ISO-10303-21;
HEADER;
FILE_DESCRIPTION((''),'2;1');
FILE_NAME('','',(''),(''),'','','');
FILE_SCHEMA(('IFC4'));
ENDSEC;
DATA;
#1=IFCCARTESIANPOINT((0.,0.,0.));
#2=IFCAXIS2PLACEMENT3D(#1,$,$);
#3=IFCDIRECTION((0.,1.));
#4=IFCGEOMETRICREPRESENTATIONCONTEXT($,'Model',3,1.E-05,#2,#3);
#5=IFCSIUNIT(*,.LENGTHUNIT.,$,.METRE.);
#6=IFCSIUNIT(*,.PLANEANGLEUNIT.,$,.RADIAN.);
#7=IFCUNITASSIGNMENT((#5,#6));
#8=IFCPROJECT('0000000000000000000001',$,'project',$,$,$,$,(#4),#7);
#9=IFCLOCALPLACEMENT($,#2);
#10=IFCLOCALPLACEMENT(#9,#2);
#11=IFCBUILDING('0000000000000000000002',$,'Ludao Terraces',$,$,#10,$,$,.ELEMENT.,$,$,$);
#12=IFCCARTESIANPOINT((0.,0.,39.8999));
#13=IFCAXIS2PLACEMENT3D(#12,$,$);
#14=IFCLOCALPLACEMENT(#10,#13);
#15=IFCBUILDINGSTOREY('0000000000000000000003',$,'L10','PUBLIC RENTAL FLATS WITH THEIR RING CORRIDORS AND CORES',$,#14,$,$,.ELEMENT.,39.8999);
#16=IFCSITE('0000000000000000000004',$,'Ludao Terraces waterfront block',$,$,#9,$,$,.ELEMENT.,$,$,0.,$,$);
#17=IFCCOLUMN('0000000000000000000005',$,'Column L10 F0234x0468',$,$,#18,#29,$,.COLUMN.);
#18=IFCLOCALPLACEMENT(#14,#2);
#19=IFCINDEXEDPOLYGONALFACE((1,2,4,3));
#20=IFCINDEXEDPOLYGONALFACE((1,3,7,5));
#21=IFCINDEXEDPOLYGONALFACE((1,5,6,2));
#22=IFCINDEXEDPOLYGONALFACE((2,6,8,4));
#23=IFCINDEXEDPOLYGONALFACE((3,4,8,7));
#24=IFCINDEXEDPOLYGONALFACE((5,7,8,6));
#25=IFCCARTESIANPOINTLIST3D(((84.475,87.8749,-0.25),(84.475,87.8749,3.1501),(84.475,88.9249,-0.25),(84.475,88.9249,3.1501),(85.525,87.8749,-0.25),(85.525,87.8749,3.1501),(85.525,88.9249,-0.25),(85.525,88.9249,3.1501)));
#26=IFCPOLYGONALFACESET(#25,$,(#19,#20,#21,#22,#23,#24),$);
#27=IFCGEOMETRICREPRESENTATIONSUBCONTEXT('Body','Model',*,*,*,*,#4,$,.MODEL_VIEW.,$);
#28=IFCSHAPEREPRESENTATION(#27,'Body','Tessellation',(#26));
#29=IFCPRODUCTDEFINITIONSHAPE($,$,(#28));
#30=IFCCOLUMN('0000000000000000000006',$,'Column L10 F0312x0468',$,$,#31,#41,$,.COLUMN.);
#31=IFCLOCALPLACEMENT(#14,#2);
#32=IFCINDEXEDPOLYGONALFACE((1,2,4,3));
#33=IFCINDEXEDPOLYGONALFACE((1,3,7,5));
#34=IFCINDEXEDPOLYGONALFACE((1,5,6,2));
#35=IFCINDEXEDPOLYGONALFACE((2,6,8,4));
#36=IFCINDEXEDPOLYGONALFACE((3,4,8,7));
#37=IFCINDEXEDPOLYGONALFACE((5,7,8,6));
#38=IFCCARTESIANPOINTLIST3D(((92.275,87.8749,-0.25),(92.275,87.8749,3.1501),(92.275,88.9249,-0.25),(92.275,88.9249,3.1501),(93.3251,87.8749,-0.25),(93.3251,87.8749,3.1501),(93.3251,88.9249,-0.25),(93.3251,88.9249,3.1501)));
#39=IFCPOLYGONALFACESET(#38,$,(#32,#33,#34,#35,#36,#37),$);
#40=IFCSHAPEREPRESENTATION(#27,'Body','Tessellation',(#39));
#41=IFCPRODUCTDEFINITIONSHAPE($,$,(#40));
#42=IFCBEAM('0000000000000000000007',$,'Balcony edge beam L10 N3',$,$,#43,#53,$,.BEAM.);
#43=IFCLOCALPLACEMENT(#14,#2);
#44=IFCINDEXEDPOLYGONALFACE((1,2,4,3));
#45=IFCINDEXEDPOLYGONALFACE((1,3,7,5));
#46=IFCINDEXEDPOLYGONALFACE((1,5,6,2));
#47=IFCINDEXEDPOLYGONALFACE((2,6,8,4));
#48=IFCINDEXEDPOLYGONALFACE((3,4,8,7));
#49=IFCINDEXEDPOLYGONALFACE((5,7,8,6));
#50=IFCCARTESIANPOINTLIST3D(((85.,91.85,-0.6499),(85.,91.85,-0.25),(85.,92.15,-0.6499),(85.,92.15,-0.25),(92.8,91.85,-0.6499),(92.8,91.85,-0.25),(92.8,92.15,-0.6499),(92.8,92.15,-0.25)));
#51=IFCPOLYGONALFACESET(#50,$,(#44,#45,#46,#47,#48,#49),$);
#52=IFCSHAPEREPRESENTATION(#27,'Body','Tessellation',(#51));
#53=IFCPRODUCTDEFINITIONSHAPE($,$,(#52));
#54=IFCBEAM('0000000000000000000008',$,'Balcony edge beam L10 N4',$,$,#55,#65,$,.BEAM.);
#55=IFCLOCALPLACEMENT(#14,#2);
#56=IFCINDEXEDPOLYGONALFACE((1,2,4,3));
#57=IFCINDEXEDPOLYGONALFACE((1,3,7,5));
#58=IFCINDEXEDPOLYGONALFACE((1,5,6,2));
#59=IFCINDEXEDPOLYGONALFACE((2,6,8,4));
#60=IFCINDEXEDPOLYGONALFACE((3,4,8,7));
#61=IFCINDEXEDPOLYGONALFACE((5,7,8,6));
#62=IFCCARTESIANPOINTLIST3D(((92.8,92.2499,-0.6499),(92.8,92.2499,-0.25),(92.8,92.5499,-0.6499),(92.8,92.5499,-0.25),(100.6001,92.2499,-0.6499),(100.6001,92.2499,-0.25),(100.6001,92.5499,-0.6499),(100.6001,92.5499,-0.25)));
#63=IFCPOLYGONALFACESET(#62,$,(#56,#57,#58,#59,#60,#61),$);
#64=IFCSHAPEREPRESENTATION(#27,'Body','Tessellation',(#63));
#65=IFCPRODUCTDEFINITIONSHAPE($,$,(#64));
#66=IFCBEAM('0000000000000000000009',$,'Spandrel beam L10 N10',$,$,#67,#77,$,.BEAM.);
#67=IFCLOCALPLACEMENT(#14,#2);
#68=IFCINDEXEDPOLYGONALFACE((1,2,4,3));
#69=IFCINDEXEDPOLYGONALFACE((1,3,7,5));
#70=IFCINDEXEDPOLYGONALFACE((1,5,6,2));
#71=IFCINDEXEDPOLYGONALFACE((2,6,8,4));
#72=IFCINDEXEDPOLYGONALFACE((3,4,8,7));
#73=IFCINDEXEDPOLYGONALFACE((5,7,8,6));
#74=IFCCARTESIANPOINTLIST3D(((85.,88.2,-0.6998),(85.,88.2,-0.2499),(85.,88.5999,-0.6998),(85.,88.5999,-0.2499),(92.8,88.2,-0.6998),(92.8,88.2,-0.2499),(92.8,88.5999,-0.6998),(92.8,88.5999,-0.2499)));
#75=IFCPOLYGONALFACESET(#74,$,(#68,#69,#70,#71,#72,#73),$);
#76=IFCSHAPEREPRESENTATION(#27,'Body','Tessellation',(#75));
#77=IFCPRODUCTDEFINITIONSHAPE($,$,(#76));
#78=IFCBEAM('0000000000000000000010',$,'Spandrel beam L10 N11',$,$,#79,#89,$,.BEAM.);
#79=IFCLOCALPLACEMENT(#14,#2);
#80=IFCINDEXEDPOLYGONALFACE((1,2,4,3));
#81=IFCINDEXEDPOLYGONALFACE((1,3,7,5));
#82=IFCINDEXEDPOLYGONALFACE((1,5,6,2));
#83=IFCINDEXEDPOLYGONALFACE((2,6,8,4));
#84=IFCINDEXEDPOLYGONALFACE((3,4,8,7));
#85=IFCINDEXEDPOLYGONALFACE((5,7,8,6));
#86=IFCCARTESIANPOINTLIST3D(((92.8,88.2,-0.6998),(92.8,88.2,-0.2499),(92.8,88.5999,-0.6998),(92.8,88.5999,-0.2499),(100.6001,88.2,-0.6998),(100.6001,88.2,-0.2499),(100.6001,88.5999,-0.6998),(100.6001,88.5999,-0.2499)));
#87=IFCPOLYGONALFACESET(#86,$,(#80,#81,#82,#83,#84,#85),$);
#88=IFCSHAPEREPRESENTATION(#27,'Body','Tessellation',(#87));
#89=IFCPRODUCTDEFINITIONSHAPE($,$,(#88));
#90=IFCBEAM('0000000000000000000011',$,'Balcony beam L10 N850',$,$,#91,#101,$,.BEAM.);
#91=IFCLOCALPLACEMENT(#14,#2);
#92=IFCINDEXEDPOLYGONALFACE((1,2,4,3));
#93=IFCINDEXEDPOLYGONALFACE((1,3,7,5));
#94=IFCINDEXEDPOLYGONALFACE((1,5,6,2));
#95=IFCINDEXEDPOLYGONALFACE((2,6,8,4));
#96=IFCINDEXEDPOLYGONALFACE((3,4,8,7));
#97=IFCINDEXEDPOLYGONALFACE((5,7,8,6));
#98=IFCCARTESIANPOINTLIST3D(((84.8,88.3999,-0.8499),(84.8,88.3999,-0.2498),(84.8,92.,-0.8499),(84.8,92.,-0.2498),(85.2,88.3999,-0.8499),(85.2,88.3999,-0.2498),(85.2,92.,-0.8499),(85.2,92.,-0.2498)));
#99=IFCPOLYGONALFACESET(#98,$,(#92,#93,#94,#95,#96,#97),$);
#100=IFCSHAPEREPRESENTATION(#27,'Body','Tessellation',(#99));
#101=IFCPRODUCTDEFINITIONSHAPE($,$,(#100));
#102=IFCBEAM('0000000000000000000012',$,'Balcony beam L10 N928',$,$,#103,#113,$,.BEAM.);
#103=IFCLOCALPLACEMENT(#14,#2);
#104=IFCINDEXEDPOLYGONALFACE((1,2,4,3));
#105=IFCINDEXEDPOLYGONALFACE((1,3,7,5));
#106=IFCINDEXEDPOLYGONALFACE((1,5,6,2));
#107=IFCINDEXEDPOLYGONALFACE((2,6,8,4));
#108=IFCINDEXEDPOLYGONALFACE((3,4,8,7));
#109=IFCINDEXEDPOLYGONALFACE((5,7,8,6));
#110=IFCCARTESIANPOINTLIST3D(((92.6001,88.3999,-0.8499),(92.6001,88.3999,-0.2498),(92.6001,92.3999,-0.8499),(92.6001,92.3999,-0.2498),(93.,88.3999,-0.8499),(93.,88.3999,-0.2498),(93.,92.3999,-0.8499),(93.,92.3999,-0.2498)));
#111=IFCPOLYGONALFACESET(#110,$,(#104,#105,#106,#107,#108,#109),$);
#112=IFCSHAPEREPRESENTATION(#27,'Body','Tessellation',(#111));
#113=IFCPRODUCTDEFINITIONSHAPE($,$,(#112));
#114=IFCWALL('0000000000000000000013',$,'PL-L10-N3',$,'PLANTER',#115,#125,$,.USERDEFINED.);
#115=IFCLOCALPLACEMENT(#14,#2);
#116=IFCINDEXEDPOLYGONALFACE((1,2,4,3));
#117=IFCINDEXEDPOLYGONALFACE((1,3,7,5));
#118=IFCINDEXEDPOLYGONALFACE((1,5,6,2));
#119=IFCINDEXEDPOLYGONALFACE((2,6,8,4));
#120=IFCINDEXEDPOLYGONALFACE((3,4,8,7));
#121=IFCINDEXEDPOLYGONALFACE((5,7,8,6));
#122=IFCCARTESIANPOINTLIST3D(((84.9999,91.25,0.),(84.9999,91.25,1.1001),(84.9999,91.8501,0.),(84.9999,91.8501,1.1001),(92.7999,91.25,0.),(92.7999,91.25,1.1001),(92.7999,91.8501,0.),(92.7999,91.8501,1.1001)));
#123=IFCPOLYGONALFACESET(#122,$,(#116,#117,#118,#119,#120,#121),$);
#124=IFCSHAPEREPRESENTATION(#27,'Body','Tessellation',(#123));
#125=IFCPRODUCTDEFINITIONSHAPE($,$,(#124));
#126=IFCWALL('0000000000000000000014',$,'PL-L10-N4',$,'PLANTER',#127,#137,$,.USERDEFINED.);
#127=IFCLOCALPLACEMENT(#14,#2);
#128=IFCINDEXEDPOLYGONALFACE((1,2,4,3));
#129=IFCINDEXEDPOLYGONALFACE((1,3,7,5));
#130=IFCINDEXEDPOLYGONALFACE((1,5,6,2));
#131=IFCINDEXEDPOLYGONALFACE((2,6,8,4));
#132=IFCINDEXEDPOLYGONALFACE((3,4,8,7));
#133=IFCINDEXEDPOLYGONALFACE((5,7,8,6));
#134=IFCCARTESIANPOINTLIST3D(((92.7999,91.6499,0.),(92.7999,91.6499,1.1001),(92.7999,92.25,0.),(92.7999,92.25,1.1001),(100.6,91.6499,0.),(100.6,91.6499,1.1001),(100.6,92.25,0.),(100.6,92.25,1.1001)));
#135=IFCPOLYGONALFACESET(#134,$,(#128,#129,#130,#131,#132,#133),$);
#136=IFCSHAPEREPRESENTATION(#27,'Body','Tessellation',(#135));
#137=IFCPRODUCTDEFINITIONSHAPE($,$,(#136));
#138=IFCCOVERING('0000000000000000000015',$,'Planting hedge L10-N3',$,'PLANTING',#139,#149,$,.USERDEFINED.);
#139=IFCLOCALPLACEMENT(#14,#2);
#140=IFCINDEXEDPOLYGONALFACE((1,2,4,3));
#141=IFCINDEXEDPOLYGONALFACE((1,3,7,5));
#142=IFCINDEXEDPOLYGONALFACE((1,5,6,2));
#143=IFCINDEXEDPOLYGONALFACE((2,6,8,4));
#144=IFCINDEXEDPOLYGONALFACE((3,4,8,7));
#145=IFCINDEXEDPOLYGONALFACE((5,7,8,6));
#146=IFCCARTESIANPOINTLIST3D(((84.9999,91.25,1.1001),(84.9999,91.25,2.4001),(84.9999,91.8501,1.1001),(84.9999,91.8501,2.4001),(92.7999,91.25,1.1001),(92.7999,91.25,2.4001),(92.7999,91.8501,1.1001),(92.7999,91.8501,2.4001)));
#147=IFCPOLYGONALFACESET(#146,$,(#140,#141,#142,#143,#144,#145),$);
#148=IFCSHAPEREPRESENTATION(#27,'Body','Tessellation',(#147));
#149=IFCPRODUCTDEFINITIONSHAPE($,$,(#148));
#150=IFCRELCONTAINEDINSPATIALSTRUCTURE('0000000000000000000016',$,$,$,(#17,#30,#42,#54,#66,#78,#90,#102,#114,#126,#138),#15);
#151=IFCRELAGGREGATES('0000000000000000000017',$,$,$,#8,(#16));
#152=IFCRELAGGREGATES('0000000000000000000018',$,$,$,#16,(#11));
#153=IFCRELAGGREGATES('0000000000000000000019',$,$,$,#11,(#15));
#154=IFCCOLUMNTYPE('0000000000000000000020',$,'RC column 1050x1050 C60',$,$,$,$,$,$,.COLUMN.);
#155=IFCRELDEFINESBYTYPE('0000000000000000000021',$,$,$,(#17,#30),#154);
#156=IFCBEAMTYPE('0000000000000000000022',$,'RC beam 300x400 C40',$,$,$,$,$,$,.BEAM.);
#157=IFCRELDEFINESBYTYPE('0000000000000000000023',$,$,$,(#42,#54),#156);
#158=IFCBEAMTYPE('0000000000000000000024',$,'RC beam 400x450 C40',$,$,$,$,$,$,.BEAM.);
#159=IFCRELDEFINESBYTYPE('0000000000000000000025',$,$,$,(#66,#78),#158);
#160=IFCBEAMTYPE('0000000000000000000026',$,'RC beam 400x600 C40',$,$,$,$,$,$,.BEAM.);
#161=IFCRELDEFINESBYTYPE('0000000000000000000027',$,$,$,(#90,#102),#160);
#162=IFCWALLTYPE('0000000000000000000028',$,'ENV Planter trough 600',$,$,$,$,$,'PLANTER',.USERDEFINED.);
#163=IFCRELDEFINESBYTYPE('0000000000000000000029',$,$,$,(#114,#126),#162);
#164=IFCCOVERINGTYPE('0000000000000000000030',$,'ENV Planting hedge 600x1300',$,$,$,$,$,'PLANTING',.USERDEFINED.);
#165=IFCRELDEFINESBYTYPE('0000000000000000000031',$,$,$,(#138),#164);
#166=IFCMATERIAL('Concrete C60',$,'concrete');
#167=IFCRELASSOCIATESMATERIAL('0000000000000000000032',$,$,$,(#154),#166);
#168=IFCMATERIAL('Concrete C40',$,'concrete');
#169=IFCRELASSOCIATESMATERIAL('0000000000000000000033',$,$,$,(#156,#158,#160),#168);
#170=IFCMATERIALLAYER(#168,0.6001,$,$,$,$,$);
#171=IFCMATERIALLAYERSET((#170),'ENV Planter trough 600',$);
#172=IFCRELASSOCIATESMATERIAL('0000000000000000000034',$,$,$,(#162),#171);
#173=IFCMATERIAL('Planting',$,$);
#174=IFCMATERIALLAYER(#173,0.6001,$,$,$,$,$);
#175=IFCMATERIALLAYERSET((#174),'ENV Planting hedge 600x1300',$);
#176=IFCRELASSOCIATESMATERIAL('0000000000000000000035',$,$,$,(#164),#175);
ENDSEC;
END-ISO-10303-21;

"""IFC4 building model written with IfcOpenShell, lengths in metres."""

from ifc_helpers import new_model, si_unit, direction, frame, frame_2d, origin, origin_2d, place, context, subcontext, project, spatial, rectangle, extrude, material, layer, layer_set, material_profile, profile_set, type_object, element, save


model = new_model("IFC4")

# Units and contexts
model_context = context("Model", 3, precision=1e-05, world=origin(), true_north=direction((0.0, 1.0)))
body_context = subcontext(model_context, "Body", "Model", "MODEL_VIEW")
ifc_project = project(units=[si_unit("LENGTHUNIT", "METRE"), si_unit("PLANEANGLEUNIT", "RADIAN")], contexts=[model_context])

# Site, building, storey
site_placement = place(None, origin())
site = spatial("IfcSite", under=ifc_project, at=site_placement, Name="Ludao Terraces waterfront block", CompositionType="ELEMENT", RefElevation=0.0)
building_placement = place(site_placement, origin())
building = spatial("IfcBuilding", under=site, at=building_placement, Name="Ludao Terraces", CompositionType="ELEMENT")
storey_placement = place(building_placement, frame((0.0, 0.0, 39.8999)))
storey = spatial("IfcBuildingStorey", under=building, at=storey_placement, Name="L10", Description="PUBLIC RENTAL FLATS WITH THEIR RING CORRIDORS AND CORES", CompositionType="ELEMENT", Elevation=39.8999)

# Columns
ifc_material_1 = material(Name="Concrete C60", Category="concrete")
ifc_material_profile_1 = material_profile(ifc_material_1, rectangle(XDim=1.05, YDim=1.05, at=origin_2d()), Name="1050 X 1050")
ifc_profile_set_1 = profile_set([ifc_material_profile_1], Name="Concrete C60")
column_type = type_object("IfcColumnType", Name="RC column 1050x1050 C60", PredefinedType="COLUMN", material=ifc_profile_set_1)
for number, where, z_axis, x_axis, name in (
    (1, (85.0, 88.3999, -0.25), (0.0, 0.0, 1.0), (1.0, 0.0, 0.0), "Column L10 F0234x0468"),
    (2, (92.8, 88.3999, -0.25), (0.0, 0.0, 1.0), (1.0, 0.0, 0.0), "Column L10 F0312x0468"),
):
    element("IfcColumn", number, at=place(storey_placement, frame(where, z_axis=z_axis, x_axis=x_axis)), inside=storey, type_object=column_type, Name=name, PredefinedType="COLUMN", context=body_context, shape_type="SweptSolid", body=[
        extrude(rectangle(XDim=1.05, YDim=1.05, at=origin_2d()), origin(), (0.0, 0.0, 1.0), 3.4001),
    ])

# Beams
ifc_material_2 = material(Name="Concrete C40", Category="concrete")
ifc_material_profile_2 = material_profile(ifc_material_2, rectangle(XDim=0.3, YDim=0.3999, at=origin_2d()), Name="300 X 400")
ifc_profile_set_2 = profile_set([ifc_material_profile_2], Name="Concrete C40")
beam_type_1 = type_object("IfcBeamType", Name="RC beam 300x400 C40", PredefinedType="BEAM", material=ifc_profile_set_2)
for number, where, z_axis, x_axis, name in (
    (3, (85.0, 92.0, -0.45), (1.0, 0.0, 0.0), (0.0, 1.0, 0.0), "Balcony edge beam L10 N3"),
    (4, (92.8, 92.3999, -0.45), (1.0, 0.0, 0.0), (0.0, 1.0, 0.0), "Balcony edge beam L10 N4"),
):
    element("IfcBeam", number, at=place(storey_placement, frame(where, z_axis=z_axis, x_axis=x_axis)), inside=storey, type_object=beam_type_1, Name=name, PredefinedType="BEAM", context=body_context, shape_type="SweptSolid", body=[
        extrude(rectangle(XDim=0.3, YDim=0.3999, at=origin_2d()), origin(), (0.0, 0.0, 1.0), 7.8),
    ])
ifc_material_profile_3 = material_profile(ifc_material_2, rectangle(XDim=0.3999, YDim=0.45, at=origin_2d()), Name="400 X 450")
ifc_profile_set_3 = profile_set([ifc_material_profile_3], Name="Concrete C40")
beam_type_2 = type_object("IfcBeamType", Name="RC beam 400x450 C40", PredefinedType="BEAM", material=ifc_profile_set_3)
for number, where, z_axis, x_axis, name in (
    (5, (85.0, 88.3999, -0.4749), (1.0, 0.0, 0.0), (0.0, 1.0, 0.0), "Spandrel beam L10 N10"),
    (6, (92.8, 88.3999, -0.4749), (1.0, 0.0, 0.0), (0.0, 1.0, 0.0), "Spandrel beam L10 N11"),
):
    element("IfcBeam", number, at=place(storey_placement, frame(where, z_axis=z_axis, x_axis=x_axis)), inside=storey, type_object=beam_type_2, Name=name, PredefinedType="BEAM", context=body_context, shape_type="SweptSolid", body=[
        extrude(rectangle(XDim=0.3999, YDim=0.45, at=origin_2d()), origin(), (0.0, 0.0, 1.0), 7.8),
    ])
ifc_material_profile_4 = material_profile(ifc_material_2, rectangle(XDim=0.3999, YDim=0.6001, at=origin_2d()), Name="400 X 600")
ifc_profile_set_4 = profile_set([ifc_material_profile_4], Name="Concrete C40")
beam_type_3 = type_object("IfcBeamType", Name="RC beam 400x600 C40", PredefinedType="BEAM", material=ifc_profile_set_4)
beam_1_placement = place(storey_placement, frame((85.0, 88.3999, -0.5498), z_axis=(0.0, 1.0, 0.0), x_axis=(-1.0, 0.0, 0.0)))
element("IfcBeam", 7, at=beam_1_placement, inside=storey, type_object=beam_type_3, Name="Balcony beam L10 N850", PredefinedType="BEAM", context=body_context, shape_type="SweptSolid", body=[
    extrude(rectangle(XDim=0.3999, YDim=0.6001, at=origin_2d()), origin(), (0.0, 0.0, 1.0), 3.6001),
])
beam_2_placement = place(storey_placement, frame((92.8, 88.3999, -0.5498), z_axis=(0.0, 1.0, 0.0), x_axis=(-1.0, 0.0, 0.0)))
element("IfcBeam", 8, at=beam_2_placement, inside=storey, type_object=beam_type_3, Name="Balcony beam L10 N928", PredefinedType="BEAM", context=body_context, shape_type="SweptSolid", body=[
    extrude(rectangle(XDim=0.3999, YDim=0.6001, at=origin_2d()), origin(), (0.0, 0.0, 1.0), 4.0),
])

# Walls
ifc_layer_1 = layer(ifc_material_2, 0.6001)
ifc_layer_set_1 = layer_set([ifc_layer_1], Name="ENV Planter trough 600")
wall_type = type_object("IfcWallType", Name="ENV Planter trough 600", ElementType="PLANTER", PredefinedType="USERDEFINED", material=ifc_layer_set_1)
for number, where, z_axis, x_axis, name in (
    (9, (85.0, 91.55, 0.0), (0.0, 0.0, 1.0), (1.0, 0.0, 0.0), "PL-L10-N3"),
    (10, (92.8, 91.95, 0.0), (0.0, 0.0, 1.0), (1.0, 0.0, 0.0), "PL-L10-N4"),
):
    element("IfcWall", number, at=place(storey_placement, frame(where, z_axis=z_axis, x_axis=x_axis)), inside=storey, type_object=wall_type, Name=name, ObjectType="PLANTER", PredefinedType="USERDEFINED", context=body_context, shape_type="SweptSolid", body=[
        extrude(rectangle(XDim=7.8, YDim=0.6001, at=frame_2d((3.8999, 0.0))), origin(), (0.0, 0.0, 1.0), 1.1001),
    ])

# Covering
ifc_material_3 = material(Name="Planting")
ifc_layer_2 = layer(ifc_material_3, 0.6001)
ifc_layer_set_2 = layer_set([ifc_layer_2], Name="ENV Planting hedge 600x1300")
covering_type = type_object("IfcCoveringType", Name="ENV Planting hedge 600x1300", ElementType="PLANTING", PredefinedType="USERDEFINED", material=ifc_layer_set_2)
covering_placement = place(storey_placement, frame((88.8999, 91.55, 1.1001), z_axis=(0.0, 0.0, 1.0), x_axis=(1.0, 0.0, 0.0)))
element("IfcCovering", 11, at=covering_placement, inside=storey, type_object=covering_type, Name="Planting hedge L10-N3", ObjectType="PLANTING", PredefinedType="USERDEFINED", context=body_context, shape_type="SweptSolid", body=[
    extrude(rectangle(XDim=7.8, YDim=0.6001, at=origin_2d()), origin(), (0.0, 0.0, 1.0), 1.3),
])

save(model, "model.ifc")
